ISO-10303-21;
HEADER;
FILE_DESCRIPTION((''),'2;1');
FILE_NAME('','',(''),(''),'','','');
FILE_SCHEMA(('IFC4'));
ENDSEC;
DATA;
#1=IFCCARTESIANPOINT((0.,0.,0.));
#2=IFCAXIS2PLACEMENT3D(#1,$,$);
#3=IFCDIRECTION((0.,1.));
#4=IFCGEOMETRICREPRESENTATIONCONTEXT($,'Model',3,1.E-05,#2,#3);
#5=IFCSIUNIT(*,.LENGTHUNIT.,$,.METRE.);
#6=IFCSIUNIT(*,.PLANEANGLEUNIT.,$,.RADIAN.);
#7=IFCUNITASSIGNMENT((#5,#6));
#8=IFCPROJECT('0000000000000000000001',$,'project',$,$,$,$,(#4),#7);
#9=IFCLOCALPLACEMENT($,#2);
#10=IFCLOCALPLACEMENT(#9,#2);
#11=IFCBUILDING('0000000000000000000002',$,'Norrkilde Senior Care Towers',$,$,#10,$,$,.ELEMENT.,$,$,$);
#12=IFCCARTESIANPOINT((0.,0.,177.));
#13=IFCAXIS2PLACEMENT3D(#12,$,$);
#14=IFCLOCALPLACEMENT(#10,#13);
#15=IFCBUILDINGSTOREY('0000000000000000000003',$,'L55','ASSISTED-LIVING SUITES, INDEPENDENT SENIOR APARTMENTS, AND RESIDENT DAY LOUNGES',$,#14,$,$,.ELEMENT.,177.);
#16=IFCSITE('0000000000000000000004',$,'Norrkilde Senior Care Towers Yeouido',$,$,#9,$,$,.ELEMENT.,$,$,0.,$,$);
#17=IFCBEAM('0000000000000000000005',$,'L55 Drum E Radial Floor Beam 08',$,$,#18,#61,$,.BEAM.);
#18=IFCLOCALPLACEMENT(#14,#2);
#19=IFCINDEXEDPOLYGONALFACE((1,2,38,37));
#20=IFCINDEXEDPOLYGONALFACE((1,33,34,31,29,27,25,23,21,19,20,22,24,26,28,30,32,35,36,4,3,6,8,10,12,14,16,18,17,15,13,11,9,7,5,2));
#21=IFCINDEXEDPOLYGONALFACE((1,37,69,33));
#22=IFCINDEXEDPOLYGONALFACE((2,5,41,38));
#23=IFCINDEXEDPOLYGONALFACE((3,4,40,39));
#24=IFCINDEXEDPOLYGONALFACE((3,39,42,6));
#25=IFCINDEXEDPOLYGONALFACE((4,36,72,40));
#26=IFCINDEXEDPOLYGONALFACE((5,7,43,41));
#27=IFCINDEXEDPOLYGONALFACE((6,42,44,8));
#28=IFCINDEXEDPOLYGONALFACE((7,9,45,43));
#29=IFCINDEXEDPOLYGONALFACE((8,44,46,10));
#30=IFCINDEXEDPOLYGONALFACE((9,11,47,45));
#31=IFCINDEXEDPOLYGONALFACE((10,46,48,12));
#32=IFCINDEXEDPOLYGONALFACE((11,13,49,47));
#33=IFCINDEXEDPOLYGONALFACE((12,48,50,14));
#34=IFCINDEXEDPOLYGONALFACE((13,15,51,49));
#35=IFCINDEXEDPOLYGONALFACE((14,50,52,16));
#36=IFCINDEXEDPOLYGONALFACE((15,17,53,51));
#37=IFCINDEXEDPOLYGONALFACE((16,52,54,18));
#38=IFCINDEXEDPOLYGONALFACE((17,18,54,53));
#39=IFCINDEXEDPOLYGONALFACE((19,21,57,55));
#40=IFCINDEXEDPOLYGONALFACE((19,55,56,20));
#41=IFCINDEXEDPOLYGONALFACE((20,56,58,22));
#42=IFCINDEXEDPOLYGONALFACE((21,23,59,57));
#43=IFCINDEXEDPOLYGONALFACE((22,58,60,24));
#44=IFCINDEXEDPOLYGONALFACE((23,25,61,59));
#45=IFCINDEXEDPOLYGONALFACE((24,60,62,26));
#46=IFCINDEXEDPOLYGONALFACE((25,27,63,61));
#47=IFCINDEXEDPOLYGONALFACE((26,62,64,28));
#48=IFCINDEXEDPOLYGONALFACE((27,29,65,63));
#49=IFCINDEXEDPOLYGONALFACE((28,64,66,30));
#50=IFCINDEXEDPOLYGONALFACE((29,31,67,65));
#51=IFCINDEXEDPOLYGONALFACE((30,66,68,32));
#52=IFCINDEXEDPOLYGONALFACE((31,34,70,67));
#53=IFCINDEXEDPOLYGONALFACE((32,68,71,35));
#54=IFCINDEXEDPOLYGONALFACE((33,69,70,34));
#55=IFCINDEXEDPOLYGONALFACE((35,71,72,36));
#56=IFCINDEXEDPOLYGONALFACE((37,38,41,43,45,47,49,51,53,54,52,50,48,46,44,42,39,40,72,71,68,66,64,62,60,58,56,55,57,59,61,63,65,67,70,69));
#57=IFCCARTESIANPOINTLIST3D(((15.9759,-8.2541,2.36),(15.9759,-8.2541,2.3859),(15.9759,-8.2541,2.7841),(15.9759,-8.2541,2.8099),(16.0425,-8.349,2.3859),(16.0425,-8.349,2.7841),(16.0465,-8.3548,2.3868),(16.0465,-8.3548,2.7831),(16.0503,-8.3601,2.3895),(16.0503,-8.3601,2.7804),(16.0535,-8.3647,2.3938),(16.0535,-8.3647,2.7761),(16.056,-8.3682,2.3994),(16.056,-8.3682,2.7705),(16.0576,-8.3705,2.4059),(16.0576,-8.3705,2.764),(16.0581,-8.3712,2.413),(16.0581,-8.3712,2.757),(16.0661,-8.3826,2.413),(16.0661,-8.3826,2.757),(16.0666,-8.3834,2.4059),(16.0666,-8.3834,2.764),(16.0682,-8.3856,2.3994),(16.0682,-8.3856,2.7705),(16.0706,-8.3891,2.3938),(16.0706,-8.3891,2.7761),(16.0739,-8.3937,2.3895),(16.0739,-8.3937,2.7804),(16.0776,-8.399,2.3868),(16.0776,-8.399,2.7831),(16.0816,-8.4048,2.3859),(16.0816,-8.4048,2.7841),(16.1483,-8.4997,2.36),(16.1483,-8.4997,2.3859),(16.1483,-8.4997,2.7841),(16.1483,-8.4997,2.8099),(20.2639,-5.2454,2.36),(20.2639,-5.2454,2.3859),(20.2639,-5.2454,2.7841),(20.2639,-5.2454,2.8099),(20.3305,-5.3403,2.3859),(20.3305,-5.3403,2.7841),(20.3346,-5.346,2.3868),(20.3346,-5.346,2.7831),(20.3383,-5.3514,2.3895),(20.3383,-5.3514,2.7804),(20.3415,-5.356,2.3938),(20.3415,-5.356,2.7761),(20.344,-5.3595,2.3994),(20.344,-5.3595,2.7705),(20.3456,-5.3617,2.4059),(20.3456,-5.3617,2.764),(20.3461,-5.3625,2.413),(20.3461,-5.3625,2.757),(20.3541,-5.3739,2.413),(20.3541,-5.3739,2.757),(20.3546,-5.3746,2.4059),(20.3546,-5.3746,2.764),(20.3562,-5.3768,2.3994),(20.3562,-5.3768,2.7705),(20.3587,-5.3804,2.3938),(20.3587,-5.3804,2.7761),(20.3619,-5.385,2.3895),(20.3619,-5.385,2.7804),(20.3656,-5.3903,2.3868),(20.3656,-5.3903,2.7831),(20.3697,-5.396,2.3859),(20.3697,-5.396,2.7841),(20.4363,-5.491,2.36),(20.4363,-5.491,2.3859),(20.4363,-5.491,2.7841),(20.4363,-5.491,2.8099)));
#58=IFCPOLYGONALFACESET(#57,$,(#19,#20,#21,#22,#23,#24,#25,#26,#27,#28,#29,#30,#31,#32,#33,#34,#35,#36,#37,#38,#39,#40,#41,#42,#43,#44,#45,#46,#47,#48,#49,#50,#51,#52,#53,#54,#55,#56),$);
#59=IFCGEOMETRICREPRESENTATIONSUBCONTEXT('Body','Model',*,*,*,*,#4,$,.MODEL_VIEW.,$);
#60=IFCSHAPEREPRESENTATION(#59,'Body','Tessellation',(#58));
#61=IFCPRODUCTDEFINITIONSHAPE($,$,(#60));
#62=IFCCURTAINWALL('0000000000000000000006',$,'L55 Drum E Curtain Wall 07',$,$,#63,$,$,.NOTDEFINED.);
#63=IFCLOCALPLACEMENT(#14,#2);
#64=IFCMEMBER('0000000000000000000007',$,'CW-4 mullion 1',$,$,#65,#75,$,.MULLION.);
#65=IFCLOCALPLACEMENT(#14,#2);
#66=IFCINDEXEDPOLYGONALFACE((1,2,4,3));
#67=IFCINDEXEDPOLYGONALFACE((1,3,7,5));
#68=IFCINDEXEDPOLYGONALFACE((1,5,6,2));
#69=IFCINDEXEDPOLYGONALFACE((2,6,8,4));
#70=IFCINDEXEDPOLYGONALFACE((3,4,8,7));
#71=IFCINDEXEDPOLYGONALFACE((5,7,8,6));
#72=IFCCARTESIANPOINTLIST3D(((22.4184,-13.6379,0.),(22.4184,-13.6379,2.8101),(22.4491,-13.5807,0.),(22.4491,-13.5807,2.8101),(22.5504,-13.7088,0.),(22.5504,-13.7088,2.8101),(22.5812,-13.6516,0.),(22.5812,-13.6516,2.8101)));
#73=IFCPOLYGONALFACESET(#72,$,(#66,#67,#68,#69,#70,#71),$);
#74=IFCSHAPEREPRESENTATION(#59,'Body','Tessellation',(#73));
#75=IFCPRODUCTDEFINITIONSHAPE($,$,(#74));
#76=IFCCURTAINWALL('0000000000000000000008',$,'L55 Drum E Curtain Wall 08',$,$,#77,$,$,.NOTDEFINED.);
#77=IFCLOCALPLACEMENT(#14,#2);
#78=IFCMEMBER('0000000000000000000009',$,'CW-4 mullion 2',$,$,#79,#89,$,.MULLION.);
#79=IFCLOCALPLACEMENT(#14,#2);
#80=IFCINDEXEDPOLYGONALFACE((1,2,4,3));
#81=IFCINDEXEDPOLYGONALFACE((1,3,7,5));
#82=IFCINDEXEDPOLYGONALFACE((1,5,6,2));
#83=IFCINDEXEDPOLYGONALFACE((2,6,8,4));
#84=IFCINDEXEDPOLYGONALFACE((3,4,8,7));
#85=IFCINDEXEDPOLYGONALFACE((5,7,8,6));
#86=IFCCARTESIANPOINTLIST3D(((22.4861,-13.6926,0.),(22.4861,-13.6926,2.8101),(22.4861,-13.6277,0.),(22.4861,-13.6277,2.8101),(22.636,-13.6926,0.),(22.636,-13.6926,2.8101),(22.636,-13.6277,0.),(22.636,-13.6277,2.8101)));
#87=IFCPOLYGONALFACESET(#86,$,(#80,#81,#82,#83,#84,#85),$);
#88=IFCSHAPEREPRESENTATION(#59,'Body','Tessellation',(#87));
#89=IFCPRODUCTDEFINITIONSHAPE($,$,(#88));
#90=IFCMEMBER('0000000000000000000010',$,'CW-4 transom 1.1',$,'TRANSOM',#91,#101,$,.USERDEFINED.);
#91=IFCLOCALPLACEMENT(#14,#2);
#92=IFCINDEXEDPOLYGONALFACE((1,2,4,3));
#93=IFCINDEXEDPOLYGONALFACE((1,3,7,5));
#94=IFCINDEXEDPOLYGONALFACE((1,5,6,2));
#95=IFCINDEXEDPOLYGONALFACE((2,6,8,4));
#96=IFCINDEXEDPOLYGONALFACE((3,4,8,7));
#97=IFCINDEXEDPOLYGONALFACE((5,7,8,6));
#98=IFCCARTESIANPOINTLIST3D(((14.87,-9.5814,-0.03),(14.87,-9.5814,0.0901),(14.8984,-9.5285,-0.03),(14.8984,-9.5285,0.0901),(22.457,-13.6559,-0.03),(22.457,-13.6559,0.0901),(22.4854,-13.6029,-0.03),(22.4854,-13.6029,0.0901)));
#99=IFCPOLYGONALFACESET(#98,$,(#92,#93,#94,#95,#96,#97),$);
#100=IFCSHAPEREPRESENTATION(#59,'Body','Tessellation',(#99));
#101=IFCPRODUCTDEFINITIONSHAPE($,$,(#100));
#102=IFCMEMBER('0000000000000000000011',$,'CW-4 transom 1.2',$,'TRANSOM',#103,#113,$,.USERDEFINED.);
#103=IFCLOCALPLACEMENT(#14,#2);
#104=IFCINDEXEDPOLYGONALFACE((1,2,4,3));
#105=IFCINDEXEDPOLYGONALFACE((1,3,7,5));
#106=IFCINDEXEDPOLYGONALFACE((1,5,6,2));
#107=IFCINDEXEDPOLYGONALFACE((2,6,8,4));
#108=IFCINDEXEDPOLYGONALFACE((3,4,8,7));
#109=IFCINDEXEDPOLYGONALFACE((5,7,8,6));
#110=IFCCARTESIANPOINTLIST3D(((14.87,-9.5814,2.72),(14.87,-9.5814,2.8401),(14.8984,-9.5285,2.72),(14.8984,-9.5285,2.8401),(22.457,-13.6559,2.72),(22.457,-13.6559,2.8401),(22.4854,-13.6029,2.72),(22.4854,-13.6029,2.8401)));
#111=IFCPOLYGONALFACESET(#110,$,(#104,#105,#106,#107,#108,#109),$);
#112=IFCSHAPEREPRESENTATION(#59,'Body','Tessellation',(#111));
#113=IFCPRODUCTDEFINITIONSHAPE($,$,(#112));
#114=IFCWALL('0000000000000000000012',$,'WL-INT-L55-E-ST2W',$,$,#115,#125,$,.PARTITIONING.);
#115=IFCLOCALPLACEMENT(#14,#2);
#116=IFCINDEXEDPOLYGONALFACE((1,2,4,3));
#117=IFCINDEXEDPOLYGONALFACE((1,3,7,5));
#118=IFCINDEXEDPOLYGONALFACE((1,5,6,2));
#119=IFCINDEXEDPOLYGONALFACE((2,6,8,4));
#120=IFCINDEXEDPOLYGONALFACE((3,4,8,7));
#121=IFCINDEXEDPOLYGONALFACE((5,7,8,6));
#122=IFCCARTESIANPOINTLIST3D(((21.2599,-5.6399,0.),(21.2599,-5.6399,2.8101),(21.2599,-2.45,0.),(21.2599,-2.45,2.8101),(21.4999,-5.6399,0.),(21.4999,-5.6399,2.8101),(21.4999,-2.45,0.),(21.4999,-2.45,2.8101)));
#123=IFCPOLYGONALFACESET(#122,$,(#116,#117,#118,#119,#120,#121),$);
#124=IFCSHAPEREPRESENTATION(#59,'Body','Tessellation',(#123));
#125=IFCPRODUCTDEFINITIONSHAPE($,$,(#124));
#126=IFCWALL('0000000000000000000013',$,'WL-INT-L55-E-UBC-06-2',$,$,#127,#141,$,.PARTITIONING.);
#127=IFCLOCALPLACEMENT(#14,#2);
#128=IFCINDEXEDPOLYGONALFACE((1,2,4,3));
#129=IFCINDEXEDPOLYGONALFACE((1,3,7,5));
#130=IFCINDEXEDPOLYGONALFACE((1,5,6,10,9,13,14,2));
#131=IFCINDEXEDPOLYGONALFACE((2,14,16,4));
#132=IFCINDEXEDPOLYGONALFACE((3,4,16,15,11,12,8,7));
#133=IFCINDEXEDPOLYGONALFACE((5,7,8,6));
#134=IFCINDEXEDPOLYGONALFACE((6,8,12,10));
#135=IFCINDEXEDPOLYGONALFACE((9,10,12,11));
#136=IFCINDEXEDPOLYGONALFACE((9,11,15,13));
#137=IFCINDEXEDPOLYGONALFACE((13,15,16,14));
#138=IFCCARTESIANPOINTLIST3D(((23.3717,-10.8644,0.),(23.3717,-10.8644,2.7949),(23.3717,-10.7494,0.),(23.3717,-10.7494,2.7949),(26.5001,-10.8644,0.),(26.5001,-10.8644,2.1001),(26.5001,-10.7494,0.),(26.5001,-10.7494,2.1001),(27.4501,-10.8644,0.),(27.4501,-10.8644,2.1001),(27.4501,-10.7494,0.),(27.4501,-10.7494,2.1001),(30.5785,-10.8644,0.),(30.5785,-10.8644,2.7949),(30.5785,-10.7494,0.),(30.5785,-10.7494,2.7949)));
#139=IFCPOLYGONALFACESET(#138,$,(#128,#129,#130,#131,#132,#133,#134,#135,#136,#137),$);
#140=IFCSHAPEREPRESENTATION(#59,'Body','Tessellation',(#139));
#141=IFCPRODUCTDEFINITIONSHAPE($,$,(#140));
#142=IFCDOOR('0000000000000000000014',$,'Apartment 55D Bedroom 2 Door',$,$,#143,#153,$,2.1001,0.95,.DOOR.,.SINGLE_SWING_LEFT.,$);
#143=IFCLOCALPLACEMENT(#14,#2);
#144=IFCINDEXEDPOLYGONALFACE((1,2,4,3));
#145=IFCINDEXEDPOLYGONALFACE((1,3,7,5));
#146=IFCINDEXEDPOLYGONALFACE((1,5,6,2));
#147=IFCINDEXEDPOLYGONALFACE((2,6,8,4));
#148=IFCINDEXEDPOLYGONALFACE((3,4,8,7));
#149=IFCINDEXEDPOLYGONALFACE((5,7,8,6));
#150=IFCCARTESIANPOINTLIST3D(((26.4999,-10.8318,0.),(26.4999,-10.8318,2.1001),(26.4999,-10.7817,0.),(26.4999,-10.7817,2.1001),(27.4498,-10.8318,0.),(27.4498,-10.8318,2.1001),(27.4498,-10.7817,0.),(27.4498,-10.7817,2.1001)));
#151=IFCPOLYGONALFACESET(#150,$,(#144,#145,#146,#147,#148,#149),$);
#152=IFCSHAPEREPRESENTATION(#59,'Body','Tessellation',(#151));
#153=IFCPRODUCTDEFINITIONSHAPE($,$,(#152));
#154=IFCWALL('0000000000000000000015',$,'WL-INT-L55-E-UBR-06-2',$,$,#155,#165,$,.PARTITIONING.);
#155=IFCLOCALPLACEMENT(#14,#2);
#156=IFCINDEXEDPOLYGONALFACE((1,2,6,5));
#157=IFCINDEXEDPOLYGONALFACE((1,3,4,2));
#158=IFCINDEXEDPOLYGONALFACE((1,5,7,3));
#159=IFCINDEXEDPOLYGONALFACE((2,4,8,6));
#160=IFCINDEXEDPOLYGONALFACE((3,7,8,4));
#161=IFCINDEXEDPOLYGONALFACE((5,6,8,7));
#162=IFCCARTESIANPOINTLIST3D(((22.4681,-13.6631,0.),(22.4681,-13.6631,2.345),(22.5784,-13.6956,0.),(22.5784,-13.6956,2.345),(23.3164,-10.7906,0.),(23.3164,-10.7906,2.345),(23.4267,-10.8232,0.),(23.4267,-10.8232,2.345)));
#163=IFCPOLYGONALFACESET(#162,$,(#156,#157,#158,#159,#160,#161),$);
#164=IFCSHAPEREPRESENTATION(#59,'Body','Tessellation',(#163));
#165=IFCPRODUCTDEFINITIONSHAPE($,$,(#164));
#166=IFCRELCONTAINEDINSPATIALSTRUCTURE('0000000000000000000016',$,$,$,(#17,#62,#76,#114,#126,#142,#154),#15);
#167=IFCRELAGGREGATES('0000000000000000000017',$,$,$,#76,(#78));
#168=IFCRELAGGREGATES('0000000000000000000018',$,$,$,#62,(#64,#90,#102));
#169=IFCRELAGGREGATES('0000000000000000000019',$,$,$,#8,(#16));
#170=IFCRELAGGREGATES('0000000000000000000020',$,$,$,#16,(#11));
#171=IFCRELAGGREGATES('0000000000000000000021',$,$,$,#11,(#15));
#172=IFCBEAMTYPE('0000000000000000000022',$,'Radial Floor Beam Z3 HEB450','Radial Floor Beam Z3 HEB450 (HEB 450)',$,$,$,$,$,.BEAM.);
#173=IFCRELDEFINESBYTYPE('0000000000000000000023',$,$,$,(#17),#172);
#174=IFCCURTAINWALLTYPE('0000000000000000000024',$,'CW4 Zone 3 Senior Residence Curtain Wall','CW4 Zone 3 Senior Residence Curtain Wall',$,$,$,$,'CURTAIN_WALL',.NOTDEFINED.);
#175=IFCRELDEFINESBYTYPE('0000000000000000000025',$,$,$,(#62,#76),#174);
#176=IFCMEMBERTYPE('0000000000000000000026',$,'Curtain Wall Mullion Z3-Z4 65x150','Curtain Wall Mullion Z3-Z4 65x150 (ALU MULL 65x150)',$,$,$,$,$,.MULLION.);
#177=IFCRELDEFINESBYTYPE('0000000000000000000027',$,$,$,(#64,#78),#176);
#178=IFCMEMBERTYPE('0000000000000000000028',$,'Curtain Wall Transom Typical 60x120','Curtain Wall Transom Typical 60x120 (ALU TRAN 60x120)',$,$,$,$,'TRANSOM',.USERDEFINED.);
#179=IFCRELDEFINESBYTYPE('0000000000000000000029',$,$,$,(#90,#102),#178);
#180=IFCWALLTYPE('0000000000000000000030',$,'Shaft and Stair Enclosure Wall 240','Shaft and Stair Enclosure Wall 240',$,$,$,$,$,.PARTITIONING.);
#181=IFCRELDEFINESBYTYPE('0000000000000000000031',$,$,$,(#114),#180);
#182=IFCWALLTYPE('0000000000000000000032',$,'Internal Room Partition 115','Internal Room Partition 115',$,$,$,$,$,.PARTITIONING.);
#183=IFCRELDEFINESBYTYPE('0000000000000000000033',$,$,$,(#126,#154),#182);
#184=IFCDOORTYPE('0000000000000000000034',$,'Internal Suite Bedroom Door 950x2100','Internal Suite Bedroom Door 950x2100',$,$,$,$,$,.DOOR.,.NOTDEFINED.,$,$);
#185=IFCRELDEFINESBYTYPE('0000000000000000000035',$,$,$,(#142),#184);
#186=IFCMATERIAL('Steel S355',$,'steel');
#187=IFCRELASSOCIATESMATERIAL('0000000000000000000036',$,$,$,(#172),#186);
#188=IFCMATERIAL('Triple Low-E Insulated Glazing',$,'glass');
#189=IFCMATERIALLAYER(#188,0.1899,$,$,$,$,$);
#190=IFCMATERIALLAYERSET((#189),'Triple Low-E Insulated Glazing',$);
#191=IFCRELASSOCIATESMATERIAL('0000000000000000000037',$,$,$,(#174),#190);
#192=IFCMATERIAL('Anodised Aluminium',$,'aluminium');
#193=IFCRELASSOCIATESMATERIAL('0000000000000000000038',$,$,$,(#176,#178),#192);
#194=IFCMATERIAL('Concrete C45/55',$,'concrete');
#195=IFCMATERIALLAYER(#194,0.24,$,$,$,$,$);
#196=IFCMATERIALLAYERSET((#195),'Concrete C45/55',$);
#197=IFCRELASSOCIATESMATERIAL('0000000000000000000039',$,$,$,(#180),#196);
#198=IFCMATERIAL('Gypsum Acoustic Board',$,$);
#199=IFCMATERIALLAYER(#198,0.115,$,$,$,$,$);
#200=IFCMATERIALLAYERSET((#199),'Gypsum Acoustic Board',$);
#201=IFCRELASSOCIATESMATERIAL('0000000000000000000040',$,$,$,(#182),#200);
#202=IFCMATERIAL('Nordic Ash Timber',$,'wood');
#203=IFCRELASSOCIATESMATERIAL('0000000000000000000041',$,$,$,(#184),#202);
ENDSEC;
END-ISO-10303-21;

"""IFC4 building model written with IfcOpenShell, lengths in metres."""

from ifc_helpers import new_model, si_unit, direction, frame, frame_2d, origin, origin_2d, place, context, subcontext, project, spatial, rectangle, i_section, extrude, source, transform, mapped, material, layer, layer_set, material_profile, profile_set, type_object, type_shapes, element, fill, aggregate, save


model = new_model("IFC4")

# Units and contexts
model_context = context("Model", 3, precision=1e-05, world=origin(), true_north=direction((0.0, 1.0)))
body_context = subcontext(model_context, "Body", "Model", "MODEL_VIEW")
ifc_project = project(units=[si_unit("LENGTHUNIT", "METRE"), si_unit("PLANEANGLEUNIT", "RADIAN")], contexts=[model_context])

# Site, building, storey
site_placement = place(None, origin())
site = spatial("IfcSite", under=ifc_project, at=site_placement, Name="Norrkilde Senior Care Towers Yeouido", CompositionType="ELEMENT", RefElevation=0.0)
building_placement = place(site_placement, origin())
building = spatial("IfcBuilding", under=site, at=building_placement, Name="Norrkilde Senior Care Towers", CompositionType="ELEMENT")
storey_placement = place(building_placement, frame((0.0, 0.0, 177.0)))
storey = spatial("IfcBuildingStorey", under=building, at=storey_placement, Name="L55", Description="ASSISTED-LIVING SUITES, INDEPENDENT SENIOR APARTMENTS, AND RESIDENT DAY LOUNGES", CompositionType="ELEMENT", Elevation=177.0)

# Beam
ifc_material_1 = material(Name="Steel S355", Category="steel")
ifc_material_profile_1 = material_profile(ifc_material_1, i_section(OverallWidth=0.3, OverallDepth=0.45, WebThickness=0.0139, FlangeThickness=0.0259, FilletRadius=0.0271, at=origin_2d()), Name="HEB 450")
ifc_profile_set_1 = profile_set([ifc_material_profile_1], Name="Steel S355")
beam_type_1 = type_object("IfcBeamType", Name="Radial Floor Beam Z3 HEB450", Description="Radial Floor Beam Z3 HEB450 (HEB 450)", PredefinedType="BEAM", material=ifc_profile_set_1)
shared_shape_1 = source(origin(), body_context, "Body", "SweptSolid", [
    extrude(i_section(OverallWidth=0.3, OverallDepth=0.45, WebThickness=0.0139, FlangeThickness=0.0259, FilletRadius=0.0271, at=origin_2d()), origin(), (0.0, 0.0, 1.0), 5.2383),
])
beam_1_placement = place(storey_placement, frame((20.3501, -5.3682, 2.585), z_axis=(-0.818592, -0.574375, 0.0), x_axis=(0.574375, -0.818592, 0.0)))
element("IfcBeam", 1, at=beam_1_placement, inside=storey, type_object=beam_type_1, Name="L55 Drum E Radial Floor Beam 08", PredefinedType="BEAM", context=body_context, shape_type="MappedRepresentation", body=[
    mapped(shared_shape_1, transform((0.0, 0.0, 0.0), x_axis=(1.0, 0.0, 0.0), y_axis=(0.0, 1.0, 0.0), z_axis=(0.0, 0.0, 1.0), scale=1.0)),
])

# Curtain walls, members
ifc_material_2 = material(Name="Triple Low-E Insulated Glazing", Category="glass")
ifc_layer_1 = layer(ifc_material_2, 0.1899)
ifc_layer_set_1 = layer_set([ifc_layer_1], Name="Triple Low-E Insulated Glazing")
curtain_wall_type = type_object("IfcCurtainWallType", Name="CW4 Zone 3 Senior Residence Curtain Wall", Description="CW4 Zone 3 Senior Residence Curtain Wall", ElementType="CURTAIN_WALL", PredefinedType="NOTDEFINED", material=ifc_layer_set_1)
curtain_wall_1_placement = place(storey_placement, origin())
curtain_wall_1 = element("IfcCurtainWall", 2, at=curtain_wall_1_placement, inside=storey, type_object=curtain_wall_type, Name="L55 Drum E Curtain Wall 07", PredefinedType="NOTDEFINED")
ifc_material_3 = material(Name="Anodised Aluminium", Category="aluminium")
ifc_material_profile_2 = material_profile(ifc_material_3, rectangle(XDim=0.0649, YDim=0.1499, at=origin_2d()), Name="ALU MULL 65x150")
ifc_profile_set_2 = profile_set([ifc_material_profile_2], Name="Anodised Aluminium")
member_type_1 = type_object("IfcMemberType", Name="Curtain Wall Mullion Z3-Z4 65x150", Description="Curtain Wall Mullion Z3-Z4 65x150 (ALU MULL 65x150)", PredefinedType="MULLION", material=ifc_profile_set_2)
shared_shape_2 = source(origin(), body_context, "Body", "SweptSolid", [
    extrude(rectangle(XDim=0.0649, YDim=0.1499, at=origin_2d()), origin(), (0.0, 0.0, 1.0), 2.8101),
])
type_shapes(member_type_1, [shared_shape_2])
member_1_placement = place(storey_placement, frame((22.4998, -13.6448, 0.0), z_axis=(0.0, 0.0, 1.0), x_axis=(-0.473117, -0.881, 0.0)))
member_1 = element("IfcMember", 3, at=member_1_placement, type_object=member_type_1, Name="CW-4 mullion 1", PredefinedType="MULLION", context=body_context, shape_type="MappedRepresentation", body=[
    mapped(shared_shape_2, transform((0.0, 0.0, 0.0), x_axis=(1.0, 0.0, 0.0), y_axis=(0.0, 1.0, 0.0), z_axis=(0.0, 0.0, 1.0), scale=1.0)),
])
curtain_wall_2_placement = place(storey_placement, origin())
curtain_wall_2 = element("IfcCurtainWall", 4, at=curtain_wall_2_placement, inside=storey, type_object=curtain_wall_type, Name="L55 Drum E Curtain Wall 08", PredefinedType="NOTDEFINED")
member_2_placement = place(storey_placement, frame((22.561, -13.6602, 0.0), z_axis=(0.0, 0.0, 1.0), x_axis=(0.0, -1.0, 0.0)))
member_2 = element("IfcMember", 5, at=member_2_placement, type_object=member_type_1, Name="CW-4 mullion 2", PredefinedType="MULLION", context=body_context, shape_type="MappedRepresentation", body=[
    mapped(shared_shape_2, transform((0.0, 0.0, 0.0), x_axis=(1.0, 0.0, 0.0), y_axis=(0.0, 1.0, 0.0), z_axis=(0.0, 0.0, 1.0), scale=1.0)),
])
aggregate(curtain_wall_2, [member_2])

# Members
ifc_material_profile_3 = material_profile(ifc_material_3, rectangle(XDim=0.0601, YDim=0.1201, at=origin_2d()), Name="ALU TRAN 60x120")
ifc_profile_set_3 = profile_set([ifc_material_profile_3], Name="Anodised Aluminium")
member_type_2 = type_object("IfcMemberType", Name="Curtain Wall Transom Typical 60x120", Description="Curtain Wall Transom Typical 60x120 (ALU TRAN 60x120)", ElementType="TRANSOM", PredefinedType="USERDEFINED", material=ifc_profile_set_3)
shared_shape_3 = source(origin(), body_context, "Body", "SweptSolid", [
    extrude(rectangle(XDim=0.0601, YDim=0.1201, at=origin_2d()), origin(), (0.0, 0.0, 1.0), 8.6118),
])
type_shapes(member_type_2, [shared_shape_3])
member_3_placement = place(storey_placement, frame((22.4712, -13.6294, 0.03), z_axis=(-0.880994, 0.473127, 0.0), x_axis=(-0.473127, -0.880994, 0.0)))
member_3 = element("IfcMember", 6, at=member_3_placement, type_object=member_type_2, Name="CW-4 transom 1.1", ObjectType="TRANSOM", PredefinedType="USERDEFINED", context=body_context, shape_type="MappedRepresentation", body=[
    mapped(shared_shape_3, transform((0.0, 0.0, 0.0), x_axis=(1.0, 0.0, 0.0), y_axis=(0.0, 1.0, 0.0), z_axis=(0.0, 0.0, 1.0), scale=1.0)),
])
member_4_placement = place(storey_placement, frame((22.4712, -13.6294, 2.78), z_axis=(-0.880994, 0.473127, 0.0), x_axis=(-0.473127, -0.880994, 0.0)))
member_4 = element("IfcMember", 7, at=member_4_placement, type_object=member_type_2, Name="CW-4 transom 1.2", ObjectType="TRANSOM", PredefinedType="USERDEFINED", context=body_context, shape_type="MappedRepresentation", body=[
    mapped(shared_shape_3, transform((0.0, 0.0, 0.0), x_axis=(1.0, 0.0, 0.0), y_axis=(0.0, 1.0, 0.0), z_axis=(0.0, 0.0, 1.0), scale=1.0)),
])
aggregate(curtain_wall_1, [member_1, member_3, member_4])

# Shared definitions
ifc_material_4 = material(Name="Concrete C45/55", Category="concrete")
ifc_layer_2 = layer(ifc_material_4, 0.24)
ifc_layer_set_2 = layer_set([ifc_layer_2], Name="Concrete C45/55")
wall_type_1 = type_object("IfcWallType", Name="Shaft and Stair Enclosure Wall 240", Description="Shaft and Stair Enclosure Wall 240", PredefinedType="PARTITIONING", material=ifc_layer_set_2)

# Wall
shared_shape_4 = source(origin(), body_context, "Body", "SweptSolid", [
    extrude(rectangle(XDim=3.1899, YDim=0.24, at=frame_2d((1.595, 0.0))), origin(), (0.0, 0.0, 1.0), 2.8101),
])
wall_1_placement = place(storey_placement, frame((21.3799, -5.6399, 0.0), z_axis=(0.0, 0.0, 1.0), x_axis=(0.0, 1.0, 0.0)))
element("IfcWall", 8, at=wall_1_placement, inside=storey, type_object=wall_type_1, Name="WL-INT-L55-E-ST2W", PredefinedType="PARTITIONING", context=body_context, shape_type="MappedRepresentation", body=[
    mapped(shared_shape_4, transform((0.0, 0.0, 0.0), x_axis=(1.0, 0.0, 0.0), y_axis=(0.0, 1.0, 0.0), z_axis=(0.0, 0.0, 1.0), scale=1.0)),
])

# Wall, opening, door
ifc_material_5 = material(Name="Gypsum Acoustic Board")
ifc_layer_3 = layer(ifc_material_5, 0.115)
ifc_layer_set_3 = layer_set([ifc_layer_3], Name="Gypsum Acoustic Board")
wall_type_2 = type_object("IfcWallType", Name="Internal Room Partition 115", Description="Internal Room Partition 115", PredefinedType="PARTITIONING", material=ifc_layer_set_3)
shared_shape_5 = source(origin(), body_context, "Body", "SweptSolid", [
    extrude(rectangle(XDim=7.2068, YDim=0.115, at=frame_2d((3.6035, 0.0))), origin(), (0.0, 0.0, 1.0), 2.7949),
])
wall_2_placement = place(storey_placement, frame((23.3716, -10.8069, 0.0), z_axis=(0.0, 0.0, 1.0), x_axis=(1.0, 0.0, 0.0)))
wall_2 = element("IfcWall", 9, at=wall_2_placement, inside=storey, type_object=wall_type_2, Name="WL-INT-L55-E-UBC-06-2", PredefinedType="PARTITIONING", context=body_context, shape_type="MappedRepresentation", body=[
    mapped(shared_shape_5, transform((0.0, 0.0, 0.0), x_axis=(1.0, 0.0, 0.0), y_axis=(0.0, 1.0, 0.0), z_axis=(0.0, 0.0, 1.0), scale=1.0)),
])
opening_1_placement = place(wall_2_placement, frame((3.1284, 0.0, 0.0)))
opening_1 = element("IfcOpeningElement", 10, at=opening_1_placement, cuts=wall_2, PredefinedType="OPENING", context=body_context, shape_type="SweptSolid", body=[
    extrude(rectangle(XDim=0.95, YDim=2.1001, at=frame_2d((0.4751, 1.05))), frame((0.0, 0.0674, 0.0), z_axis=(0.0, -1.0, 0.0), x_axis=(1.0, 0.0, 0.0)), (0.0, 0.0, 1.0), 0.135),
])
ifc_material_6 = material(Name="Nordic Ash Timber", Category="wood")
door_type_1 = type_object("IfcDoorType", Name="Internal Suite Bedroom Door 950x2100", Description="Internal Suite Bedroom Door 950x2100", OperationType="NOTDEFINED", PredefinedType="DOOR", material=ifc_material_6)
shared_shape_6 = source(origin(), body_context, "Body", "SweptSolid", [
    extrude(rectangle(XDim=0.95, YDim=2.1001, at=frame_2d((0.4751, 1.05))), frame((0.0, 0.0249, 0.0), z_axis=(0.0, -1.0, 0.0), x_axis=(1.0, 0.0, 0.0)), (0.0, 0.0, 1.0), 0.05),
])
type_shapes(door_type_1, [shared_shape_6])
door_1_placement = place(opening_1_placement, frame((0.95, 0.0, 0.0), z_axis=(0.0, 0.0, 1.0), x_axis=(-1.0, 0.0, 0.0)))
door_1 = element("IfcDoor", 11, at=door_1_placement, inside=storey, type_object=door_type_1, Name="Apartment 55D Bedroom 2 Door", OperationType="SINGLE_SWING_LEFT", OverallHeight=2.1001, OverallWidth=0.95, PredefinedType="DOOR", context=body_context, shape_type="MappedRepresentation", body=[
    mapped(shared_shape_6, transform((0.0, 0.0, 0.0), x_axis=(1.0, 0.0, 0.0), y_axis=(0.0, 1.0, 0.0), z_axis=(0.0, 0.0, 1.0), scale=1.0)),
])
fill(opening_1, door_1)

# Wall
shared_shape_7 = source(origin(), body_context, "Body", "SweptSolid", [
    extrude(rectangle(XDim=2.9951, YDim=0.115, at=frame_2d((1.4976, 0.0))), origin(), (0.0, 0.0, 1.0), 2.345),
])
type_shapes(wall_type_2, [shared_shape_5, shared_shape_7])
wall_3_placement = place(storey_placement, frame((23.3716, -10.8069, 0.0), z_axis=(0.0, 0.0, 1.0), x_axis=(-0.283247, -0.959047, 0.0)))
element("IfcWall", 12, at=wall_3_placement, inside=storey, type_object=wall_type_2, Name="WL-INT-L55-E-UBR-06-2", PredefinedType="PARTITIONING", context=body_context, shape_type="MappedRepresentation", body=[
    mapped(shared_shape_7, transform((0.0, 0.0, 0.0), x_axis=(1.0, 0.0, 0.0), y_axis=(0.0, 1.0, 0.0), z_axis=(0.0, 0.0, 1.0), scale=1.0)),
])

save(model, "model.ifc")
